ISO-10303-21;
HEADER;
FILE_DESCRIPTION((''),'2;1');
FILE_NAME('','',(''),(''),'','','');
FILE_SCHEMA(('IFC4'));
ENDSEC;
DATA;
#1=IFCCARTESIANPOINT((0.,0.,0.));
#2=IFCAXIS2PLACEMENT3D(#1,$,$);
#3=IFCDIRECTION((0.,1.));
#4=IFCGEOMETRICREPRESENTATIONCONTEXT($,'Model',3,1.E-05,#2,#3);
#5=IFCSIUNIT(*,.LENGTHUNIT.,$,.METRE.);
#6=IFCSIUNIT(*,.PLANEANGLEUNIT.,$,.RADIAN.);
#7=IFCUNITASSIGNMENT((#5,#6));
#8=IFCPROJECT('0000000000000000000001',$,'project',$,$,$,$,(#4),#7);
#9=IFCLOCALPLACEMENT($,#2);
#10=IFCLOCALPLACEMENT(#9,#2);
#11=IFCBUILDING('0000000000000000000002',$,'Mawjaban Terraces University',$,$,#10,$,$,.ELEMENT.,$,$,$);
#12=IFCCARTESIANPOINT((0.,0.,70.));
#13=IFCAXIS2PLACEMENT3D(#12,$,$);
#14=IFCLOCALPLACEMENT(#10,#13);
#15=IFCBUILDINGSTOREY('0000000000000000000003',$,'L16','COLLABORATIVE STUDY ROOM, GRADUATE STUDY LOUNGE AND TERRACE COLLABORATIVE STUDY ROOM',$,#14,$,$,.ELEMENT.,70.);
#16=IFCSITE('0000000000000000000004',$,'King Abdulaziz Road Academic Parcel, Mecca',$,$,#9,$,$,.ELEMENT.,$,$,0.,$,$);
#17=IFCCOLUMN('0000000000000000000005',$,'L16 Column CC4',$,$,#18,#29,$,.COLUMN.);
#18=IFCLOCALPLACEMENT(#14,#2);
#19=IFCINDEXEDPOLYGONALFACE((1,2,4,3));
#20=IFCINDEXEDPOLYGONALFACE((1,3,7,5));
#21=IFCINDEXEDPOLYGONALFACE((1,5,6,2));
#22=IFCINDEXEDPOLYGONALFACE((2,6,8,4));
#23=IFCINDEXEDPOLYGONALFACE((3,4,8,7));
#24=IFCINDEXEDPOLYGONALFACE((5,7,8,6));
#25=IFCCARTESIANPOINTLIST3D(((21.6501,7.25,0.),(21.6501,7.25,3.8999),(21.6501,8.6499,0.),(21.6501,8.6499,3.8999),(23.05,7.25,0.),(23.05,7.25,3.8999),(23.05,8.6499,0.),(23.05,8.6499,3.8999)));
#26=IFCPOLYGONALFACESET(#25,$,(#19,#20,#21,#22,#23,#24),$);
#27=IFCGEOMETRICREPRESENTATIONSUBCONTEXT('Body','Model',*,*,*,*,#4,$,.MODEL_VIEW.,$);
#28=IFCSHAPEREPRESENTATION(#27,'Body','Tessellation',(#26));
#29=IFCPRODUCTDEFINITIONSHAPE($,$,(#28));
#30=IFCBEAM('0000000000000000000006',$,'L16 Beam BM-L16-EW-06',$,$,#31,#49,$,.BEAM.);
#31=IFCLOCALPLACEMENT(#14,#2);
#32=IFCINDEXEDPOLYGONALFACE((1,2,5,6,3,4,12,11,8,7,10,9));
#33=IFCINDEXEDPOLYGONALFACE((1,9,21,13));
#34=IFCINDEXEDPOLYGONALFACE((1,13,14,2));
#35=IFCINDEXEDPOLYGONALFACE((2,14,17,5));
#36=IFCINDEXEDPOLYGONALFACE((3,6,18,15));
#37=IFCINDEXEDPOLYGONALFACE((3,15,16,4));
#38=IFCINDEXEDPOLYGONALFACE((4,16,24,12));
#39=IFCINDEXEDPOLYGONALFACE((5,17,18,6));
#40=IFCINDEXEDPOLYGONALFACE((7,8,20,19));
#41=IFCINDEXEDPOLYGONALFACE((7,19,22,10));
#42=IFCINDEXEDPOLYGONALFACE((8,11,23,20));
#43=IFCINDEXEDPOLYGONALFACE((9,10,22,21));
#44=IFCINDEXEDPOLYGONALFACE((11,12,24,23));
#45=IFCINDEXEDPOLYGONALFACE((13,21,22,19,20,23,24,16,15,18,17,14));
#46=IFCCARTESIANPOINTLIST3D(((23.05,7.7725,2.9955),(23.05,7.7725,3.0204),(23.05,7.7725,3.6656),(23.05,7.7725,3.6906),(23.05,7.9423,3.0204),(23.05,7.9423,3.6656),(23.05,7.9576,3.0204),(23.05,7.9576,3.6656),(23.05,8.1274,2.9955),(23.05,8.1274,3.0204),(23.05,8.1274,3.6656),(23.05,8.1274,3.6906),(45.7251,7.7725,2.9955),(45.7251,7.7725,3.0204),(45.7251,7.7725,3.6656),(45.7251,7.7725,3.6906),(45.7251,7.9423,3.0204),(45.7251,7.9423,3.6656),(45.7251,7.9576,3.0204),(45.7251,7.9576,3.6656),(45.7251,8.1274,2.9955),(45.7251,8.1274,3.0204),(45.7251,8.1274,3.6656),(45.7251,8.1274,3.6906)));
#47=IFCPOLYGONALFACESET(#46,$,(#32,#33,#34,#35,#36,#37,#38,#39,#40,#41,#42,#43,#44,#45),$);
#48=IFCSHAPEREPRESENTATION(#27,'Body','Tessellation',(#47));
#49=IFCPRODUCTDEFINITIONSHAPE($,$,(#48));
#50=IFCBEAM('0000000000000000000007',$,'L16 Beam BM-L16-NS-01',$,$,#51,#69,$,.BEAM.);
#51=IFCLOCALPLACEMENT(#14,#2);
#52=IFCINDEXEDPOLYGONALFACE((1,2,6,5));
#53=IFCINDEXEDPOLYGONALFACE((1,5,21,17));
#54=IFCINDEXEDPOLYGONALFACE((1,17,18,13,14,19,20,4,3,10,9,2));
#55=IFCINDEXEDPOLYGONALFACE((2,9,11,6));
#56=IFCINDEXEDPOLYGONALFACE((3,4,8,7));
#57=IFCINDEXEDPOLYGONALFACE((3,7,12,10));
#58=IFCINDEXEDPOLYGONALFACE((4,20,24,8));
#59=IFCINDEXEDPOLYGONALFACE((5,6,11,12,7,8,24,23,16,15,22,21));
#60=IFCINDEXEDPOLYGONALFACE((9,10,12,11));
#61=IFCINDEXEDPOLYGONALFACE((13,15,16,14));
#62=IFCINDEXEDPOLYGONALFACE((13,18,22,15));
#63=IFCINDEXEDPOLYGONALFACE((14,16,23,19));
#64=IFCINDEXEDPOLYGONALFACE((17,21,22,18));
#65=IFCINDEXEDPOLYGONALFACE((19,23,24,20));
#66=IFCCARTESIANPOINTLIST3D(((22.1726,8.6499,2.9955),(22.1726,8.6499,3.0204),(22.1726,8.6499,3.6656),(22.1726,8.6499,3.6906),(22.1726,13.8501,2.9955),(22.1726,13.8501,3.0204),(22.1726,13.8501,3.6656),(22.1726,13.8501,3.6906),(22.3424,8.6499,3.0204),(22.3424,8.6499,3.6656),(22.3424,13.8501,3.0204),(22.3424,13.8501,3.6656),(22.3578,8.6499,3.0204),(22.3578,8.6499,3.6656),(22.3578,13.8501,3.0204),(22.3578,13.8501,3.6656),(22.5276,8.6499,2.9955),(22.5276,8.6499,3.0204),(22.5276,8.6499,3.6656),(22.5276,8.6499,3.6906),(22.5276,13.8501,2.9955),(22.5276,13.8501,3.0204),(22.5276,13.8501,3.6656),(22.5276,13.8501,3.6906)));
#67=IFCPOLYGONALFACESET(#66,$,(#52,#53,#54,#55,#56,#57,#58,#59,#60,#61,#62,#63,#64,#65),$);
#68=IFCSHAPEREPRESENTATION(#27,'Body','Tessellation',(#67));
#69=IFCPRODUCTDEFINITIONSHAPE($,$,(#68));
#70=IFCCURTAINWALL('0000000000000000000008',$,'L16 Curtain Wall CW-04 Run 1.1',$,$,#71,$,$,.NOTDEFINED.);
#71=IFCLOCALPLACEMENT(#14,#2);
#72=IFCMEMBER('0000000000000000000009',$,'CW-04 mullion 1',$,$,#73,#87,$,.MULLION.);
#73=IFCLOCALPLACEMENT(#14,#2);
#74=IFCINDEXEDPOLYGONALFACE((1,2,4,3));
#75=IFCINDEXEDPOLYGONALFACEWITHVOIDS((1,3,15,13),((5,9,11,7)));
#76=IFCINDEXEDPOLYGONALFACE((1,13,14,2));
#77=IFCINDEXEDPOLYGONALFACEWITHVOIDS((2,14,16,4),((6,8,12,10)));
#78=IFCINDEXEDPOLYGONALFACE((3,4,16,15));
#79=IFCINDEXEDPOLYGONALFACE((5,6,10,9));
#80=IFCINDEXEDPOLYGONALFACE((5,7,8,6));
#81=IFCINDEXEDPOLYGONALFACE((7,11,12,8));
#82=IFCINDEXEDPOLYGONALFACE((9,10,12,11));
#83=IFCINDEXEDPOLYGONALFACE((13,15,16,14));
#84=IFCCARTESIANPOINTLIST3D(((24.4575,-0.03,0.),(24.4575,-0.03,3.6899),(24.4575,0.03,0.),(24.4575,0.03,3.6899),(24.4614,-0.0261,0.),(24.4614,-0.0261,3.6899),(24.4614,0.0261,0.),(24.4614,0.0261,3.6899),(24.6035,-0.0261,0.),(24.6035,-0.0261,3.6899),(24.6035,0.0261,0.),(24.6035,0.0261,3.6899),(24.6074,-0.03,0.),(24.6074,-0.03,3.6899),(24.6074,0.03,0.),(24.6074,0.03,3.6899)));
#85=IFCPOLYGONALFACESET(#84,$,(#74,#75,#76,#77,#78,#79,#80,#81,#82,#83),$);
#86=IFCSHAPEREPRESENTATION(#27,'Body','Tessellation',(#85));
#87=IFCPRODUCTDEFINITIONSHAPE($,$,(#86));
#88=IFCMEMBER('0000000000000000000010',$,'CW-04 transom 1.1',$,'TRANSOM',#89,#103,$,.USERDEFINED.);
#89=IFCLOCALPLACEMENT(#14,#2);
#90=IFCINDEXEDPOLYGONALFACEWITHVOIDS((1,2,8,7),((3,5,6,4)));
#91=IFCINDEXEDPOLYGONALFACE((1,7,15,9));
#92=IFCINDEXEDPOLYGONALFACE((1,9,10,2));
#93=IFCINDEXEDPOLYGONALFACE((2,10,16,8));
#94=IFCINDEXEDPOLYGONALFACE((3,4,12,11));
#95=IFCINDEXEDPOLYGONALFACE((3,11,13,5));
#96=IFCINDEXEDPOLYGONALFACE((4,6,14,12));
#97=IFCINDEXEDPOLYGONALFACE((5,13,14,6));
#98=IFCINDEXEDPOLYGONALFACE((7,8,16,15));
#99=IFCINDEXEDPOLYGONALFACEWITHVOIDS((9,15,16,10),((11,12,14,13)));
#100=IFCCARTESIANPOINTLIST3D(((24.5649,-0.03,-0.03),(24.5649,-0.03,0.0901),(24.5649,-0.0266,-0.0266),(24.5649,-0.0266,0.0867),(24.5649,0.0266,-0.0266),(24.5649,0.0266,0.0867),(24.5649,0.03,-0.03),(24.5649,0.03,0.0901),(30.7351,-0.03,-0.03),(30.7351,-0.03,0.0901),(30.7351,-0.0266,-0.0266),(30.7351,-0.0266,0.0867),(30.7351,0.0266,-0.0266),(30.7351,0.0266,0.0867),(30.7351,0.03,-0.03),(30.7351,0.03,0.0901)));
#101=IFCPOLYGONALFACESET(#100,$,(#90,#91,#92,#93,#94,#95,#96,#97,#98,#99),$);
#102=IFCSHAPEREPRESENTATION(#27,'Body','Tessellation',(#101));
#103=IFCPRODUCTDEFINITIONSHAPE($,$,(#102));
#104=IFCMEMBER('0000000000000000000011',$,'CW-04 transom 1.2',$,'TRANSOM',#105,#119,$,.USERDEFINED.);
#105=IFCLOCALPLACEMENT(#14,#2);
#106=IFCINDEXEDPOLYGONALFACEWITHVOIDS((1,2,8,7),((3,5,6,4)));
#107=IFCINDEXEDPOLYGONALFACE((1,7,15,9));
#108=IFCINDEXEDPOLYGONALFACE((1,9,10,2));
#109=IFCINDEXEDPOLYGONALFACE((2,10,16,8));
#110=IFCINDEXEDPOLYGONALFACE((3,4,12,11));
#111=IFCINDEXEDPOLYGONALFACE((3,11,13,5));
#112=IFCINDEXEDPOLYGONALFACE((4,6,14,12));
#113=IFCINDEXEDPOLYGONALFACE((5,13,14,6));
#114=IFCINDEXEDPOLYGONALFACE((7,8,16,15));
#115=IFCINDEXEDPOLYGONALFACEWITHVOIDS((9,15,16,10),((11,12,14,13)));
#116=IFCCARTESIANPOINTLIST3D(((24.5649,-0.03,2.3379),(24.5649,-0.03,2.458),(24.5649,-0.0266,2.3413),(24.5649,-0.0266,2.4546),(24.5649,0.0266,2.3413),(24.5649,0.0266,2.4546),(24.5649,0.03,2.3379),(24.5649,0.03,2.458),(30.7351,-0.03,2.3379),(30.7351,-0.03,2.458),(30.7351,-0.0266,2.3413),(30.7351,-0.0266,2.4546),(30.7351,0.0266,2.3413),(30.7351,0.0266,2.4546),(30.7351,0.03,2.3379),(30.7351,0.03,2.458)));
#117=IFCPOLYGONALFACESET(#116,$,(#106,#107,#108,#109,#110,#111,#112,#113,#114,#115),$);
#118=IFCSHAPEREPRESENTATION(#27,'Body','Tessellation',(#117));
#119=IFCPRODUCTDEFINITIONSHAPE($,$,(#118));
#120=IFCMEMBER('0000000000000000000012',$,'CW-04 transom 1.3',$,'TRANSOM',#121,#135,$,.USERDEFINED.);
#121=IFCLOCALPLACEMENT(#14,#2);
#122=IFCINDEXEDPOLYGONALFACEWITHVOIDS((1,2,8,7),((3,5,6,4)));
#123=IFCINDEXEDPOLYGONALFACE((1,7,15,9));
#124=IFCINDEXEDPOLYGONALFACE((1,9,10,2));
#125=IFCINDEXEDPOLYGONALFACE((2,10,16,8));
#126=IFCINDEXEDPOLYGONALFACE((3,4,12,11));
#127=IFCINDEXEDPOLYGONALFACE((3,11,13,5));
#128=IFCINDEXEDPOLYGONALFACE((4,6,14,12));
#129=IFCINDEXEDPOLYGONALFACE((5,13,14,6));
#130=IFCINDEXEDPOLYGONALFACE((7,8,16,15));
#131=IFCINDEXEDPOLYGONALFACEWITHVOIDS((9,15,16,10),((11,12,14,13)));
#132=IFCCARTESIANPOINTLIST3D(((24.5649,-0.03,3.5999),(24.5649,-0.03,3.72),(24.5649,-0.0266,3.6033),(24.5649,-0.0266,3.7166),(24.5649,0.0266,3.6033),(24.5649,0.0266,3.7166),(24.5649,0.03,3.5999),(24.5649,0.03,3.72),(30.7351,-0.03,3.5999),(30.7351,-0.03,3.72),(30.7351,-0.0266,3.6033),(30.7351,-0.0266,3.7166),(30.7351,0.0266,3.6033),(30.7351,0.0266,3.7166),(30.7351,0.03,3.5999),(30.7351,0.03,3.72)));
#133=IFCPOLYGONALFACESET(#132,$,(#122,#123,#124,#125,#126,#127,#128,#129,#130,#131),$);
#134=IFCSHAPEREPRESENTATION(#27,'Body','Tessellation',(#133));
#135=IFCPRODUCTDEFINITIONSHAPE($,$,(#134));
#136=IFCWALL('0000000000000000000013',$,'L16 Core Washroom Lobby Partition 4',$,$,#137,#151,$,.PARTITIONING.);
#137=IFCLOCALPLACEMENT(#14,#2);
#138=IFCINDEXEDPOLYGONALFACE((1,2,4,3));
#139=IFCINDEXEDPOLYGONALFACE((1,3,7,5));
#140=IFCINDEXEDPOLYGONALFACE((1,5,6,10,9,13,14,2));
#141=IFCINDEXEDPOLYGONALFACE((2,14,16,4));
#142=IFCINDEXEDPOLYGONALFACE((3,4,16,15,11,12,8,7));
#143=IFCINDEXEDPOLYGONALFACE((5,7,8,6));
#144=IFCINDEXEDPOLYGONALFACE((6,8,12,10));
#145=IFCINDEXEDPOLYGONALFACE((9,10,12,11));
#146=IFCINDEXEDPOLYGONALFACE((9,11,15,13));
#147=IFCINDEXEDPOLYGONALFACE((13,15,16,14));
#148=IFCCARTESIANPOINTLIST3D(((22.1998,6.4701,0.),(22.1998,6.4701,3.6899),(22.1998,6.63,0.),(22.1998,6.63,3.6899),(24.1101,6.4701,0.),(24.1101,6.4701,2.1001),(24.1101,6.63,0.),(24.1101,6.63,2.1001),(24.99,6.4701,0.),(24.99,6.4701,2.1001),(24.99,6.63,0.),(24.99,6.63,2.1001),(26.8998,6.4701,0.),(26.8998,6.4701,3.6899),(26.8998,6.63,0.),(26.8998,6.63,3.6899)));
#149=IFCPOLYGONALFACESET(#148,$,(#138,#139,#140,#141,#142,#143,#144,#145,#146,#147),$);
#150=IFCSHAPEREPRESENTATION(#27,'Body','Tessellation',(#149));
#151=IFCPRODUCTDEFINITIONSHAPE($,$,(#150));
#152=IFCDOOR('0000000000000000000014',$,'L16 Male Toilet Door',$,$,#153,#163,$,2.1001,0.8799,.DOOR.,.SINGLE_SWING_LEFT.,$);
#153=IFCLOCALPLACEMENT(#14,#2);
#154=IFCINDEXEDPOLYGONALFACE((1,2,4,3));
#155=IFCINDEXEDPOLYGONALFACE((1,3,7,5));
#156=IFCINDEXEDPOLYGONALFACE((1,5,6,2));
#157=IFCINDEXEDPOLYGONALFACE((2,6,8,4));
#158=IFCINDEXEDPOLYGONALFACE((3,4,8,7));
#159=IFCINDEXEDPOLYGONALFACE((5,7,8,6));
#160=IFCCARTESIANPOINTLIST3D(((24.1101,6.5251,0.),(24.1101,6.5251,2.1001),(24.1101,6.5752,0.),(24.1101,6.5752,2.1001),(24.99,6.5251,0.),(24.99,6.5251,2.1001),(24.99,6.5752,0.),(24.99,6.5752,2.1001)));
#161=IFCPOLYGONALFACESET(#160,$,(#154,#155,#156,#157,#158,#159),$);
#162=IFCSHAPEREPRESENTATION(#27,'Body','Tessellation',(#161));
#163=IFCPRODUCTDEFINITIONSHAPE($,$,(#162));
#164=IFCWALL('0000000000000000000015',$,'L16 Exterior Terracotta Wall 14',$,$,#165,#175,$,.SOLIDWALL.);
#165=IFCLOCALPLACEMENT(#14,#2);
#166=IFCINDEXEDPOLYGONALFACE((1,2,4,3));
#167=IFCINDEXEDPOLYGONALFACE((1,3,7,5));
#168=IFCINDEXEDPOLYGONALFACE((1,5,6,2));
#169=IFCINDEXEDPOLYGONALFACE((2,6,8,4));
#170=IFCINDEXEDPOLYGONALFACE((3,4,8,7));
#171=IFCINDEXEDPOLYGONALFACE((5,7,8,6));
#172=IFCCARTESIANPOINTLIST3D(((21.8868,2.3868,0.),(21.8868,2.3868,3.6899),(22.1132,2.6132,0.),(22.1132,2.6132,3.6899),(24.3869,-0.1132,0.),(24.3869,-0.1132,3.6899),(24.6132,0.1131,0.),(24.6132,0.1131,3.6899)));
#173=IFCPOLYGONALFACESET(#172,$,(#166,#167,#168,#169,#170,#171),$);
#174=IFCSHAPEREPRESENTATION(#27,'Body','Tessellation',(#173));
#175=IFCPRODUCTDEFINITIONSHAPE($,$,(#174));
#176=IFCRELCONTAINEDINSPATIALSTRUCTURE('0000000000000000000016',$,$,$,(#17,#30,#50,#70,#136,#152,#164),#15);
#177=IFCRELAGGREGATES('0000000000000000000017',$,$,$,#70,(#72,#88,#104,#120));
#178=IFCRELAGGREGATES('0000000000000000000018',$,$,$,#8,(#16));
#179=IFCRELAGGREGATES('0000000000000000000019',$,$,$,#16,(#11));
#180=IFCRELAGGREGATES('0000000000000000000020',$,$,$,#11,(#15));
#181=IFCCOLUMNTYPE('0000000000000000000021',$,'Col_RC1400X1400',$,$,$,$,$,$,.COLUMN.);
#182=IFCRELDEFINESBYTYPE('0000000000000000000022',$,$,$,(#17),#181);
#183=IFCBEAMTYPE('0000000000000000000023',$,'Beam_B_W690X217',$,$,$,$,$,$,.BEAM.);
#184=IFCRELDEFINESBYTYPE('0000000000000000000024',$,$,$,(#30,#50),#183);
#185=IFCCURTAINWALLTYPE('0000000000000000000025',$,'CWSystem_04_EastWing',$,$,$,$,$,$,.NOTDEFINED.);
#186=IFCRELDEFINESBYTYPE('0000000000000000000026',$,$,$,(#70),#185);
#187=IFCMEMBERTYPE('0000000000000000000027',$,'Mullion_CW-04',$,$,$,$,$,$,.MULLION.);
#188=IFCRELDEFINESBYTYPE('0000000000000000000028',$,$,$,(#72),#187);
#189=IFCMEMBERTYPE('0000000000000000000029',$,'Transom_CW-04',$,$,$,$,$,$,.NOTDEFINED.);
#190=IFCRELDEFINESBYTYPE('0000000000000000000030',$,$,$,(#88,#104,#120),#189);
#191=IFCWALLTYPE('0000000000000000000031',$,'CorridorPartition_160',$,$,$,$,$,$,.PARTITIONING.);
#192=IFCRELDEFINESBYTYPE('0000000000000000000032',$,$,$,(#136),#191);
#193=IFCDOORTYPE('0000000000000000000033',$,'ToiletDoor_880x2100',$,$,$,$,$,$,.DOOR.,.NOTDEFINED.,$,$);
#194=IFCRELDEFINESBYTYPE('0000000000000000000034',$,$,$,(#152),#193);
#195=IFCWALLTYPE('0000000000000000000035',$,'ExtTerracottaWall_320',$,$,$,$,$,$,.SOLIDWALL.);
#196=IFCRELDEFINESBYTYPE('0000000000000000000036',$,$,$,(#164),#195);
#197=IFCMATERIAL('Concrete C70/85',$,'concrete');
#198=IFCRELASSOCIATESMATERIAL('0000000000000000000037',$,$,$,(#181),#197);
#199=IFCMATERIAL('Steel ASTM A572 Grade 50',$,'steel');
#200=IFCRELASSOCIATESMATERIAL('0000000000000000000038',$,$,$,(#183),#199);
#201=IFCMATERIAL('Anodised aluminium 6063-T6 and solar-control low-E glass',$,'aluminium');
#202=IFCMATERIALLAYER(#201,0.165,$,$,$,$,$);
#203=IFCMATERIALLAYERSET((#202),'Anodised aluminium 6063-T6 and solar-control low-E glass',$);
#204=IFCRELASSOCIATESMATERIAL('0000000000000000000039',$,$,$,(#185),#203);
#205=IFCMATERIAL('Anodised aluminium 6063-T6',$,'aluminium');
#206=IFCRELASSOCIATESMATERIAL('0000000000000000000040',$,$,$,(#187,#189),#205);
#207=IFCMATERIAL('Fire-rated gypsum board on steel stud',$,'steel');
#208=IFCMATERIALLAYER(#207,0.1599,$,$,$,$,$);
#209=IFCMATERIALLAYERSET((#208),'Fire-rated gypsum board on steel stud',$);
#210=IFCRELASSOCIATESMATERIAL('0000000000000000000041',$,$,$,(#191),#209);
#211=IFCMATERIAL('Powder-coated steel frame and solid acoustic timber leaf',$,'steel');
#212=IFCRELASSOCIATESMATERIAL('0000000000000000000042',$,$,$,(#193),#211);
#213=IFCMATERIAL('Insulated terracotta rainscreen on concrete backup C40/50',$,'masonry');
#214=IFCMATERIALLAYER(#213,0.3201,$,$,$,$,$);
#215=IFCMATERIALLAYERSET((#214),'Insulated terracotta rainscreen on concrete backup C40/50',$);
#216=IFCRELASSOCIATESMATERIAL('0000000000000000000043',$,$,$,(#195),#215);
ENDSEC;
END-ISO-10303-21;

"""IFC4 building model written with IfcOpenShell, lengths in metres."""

from ifc_helpers import new_model, si_unit, direction, frame, frame_2d, origin, origin_2d, place, context, subcontext, project, spatial, rectangle, hollow_rectangle, i_section, extrude, material, layer, layer_set, material_profile, profile_set, type_object, element, fill, aggregate, save


model = new_model("IFC4")

# Units and contexts
model_context = context("Model", 3, precision=1e-05, world=origin(), true_north=direction((0.0, 1.0)))
body_context = subcontext(model_context, "Body", "Model", "MODEL_VIEW")
ifc_project = project(units=[si_unit("LENGTHUNIT", "METRE"), si_unit("PLANEANGLEUNIT", "RADIAN")], contexts=[model_context])

# Site, building, storey
site_placement = place(None, origin())
site = spatial("IfcSite", under=ifc_project, at=site_placement, Name="King Abdulaziz Road Academic Parcel, Mecca", CompositionType="ELEMENT", RefElevation=0.0)
building_placement = place(site_placement, origin())
building = spatial("IfcBuilding", under=site, at=building_placement, Name="Mawjaban Terraces University", CompositionType="ELEMENT")
storey_placement = place(building_placement, frame((0.0, 0.0, 70.0)))
storey = spatial("IfcBuildingStorey", under=building, at=storey_placement, Name="L16", Description="COLLABORATIVE STUDY ROOM, GRADUATE STUDY LOUNGE AND TERRACE COLLABORATIVE STUDY ROOM", CompositionType="ELEMENT", Elevation=70.0)

# Column
ifc_material_1 = material(Name="Concrete C70/85", Category="concrete")
ifc_material_profile_1 = material_profile(ifc_material_1, rectangle(XDim=1.3999, YDim=1.3999, at=origin_2d()), Name="RC1400X1400")
ifc_profile_set_1 = profile_set([ifc_material_profile_1], Name="Concrete C70/85")
column_type = type_object("IfcColumnType", Name="Col_RC1400X1400", PredefinedType="COLUMN", material=ifc_profile_set_1)
column_placement = place(storey_placement, frame((22.3501, 7.95, 0.0), z_axis=(0.0, 0.0, 1.0), x_axis=(1.0, 0.0, 0.0)))
element("IfcColumn", 1, at=column_placement, inside=storey, type_object=column_type, Name="L16 Column CC4", PredefinedType="COLUMN", context=body_context, shape_type="SweptSolid", body=[
    extrude(rectangle(XDim=1.3999, YDim=1.3999, at=origin_2d()), origin(), (0.0, 0.0, 1.0), 3.8999),
])

# Beams
ifc_material_2 = material(Name="Steel ASTM A572 Grade 50", Category="steel")
ifc_material_profile_2 = material_profile(ifc_material_2, i_section(OverallWidth=0.355, OverallDepth=0.6951, WebThickness=0.0154, FlangeThickness=0.0249, at=origin_2d()), Name="W690X217")
ifc_profile_set_2 = profile_set([ifc_material_profile_2], Name="Steel ASTM A572 Grade 50")
beam_type = type_object("IfcBeamType", Name="Beam_B_W690X217", PredefinedType="BEAM", material=ifc_profile_set_2)
beam_1_placement = place(storey_placement, frame((23.05, 7.95, 3.343), z_axis=(1.0, 0.0, 0.0), x_axis=(0.0, 1.0, 0.0)))
element("IfcBeam", 2, at=beam_1_placement, inside=storey, type_object=beam_type, Name="L16 Beam BM-L16-EW-06", PredefinedType="BEAM", context=body_context, shape_type="SweptSolid", body=[
    extrude(i_section(OverallWidth=0.355, OverallDepth=0.6951, WebThickness=0.0154, FlangeThickness=0.0249, at=origin_2d()), origin(), (0.0, 0.0, 1.0), 22.675),
])
beam_2_placement = place(storey_placement, frame((22.3501, 8.6499, 3.343), z_axis=(0.0, 1.0, 0.0), x_axis=(-1.0, 0.0, 0.0)))
element("IfcBeam", 3, at=beam_2_placement, inside=storey, type_object=beam_type, Name="L16 Beam BM-L16-NS-01", PredefinedType="BEAM", context=body_context, shape_type="SweptSolid", body=[
    extrude(i_section(OverallWidth=0.355, OverallDepth=0.6951, WebThickness=0.0154, FlangeThickness=0.0249, at=origin_2d()), origin(), (0.0, 0.0, 1.0), 5.2002),
])

# Curtain wall, members
ifc_material_3 = material(Name="Anodised aluminium 6063-T6 and solar-control low-E glass", Category="aluminium")
ifc_layer_1 = layer(ifc_material_3, 0.165)
ifc_layer_set_1 = layer_set([ifc_layer_1], Name="Anodised aluminium 6063-T6 and solar-control low-E glass")
curtain_wall_type = type_object("IfcCurtainWallType", Name="CWSystem_04_EastWing", PredefinedType="NOTDEFINED", material=ifc_layer_set_1)
curtain_wall_placement = place(storey_placement, origin())
curtain_wall = element("IfcCurtainWall", 4, at=curtain_wall_placement, inside=storey, type_object=curtain_wall_type, Name="L16 Curtain Wall CW-04 Run 1.1", PredefinedType="NOTDEFINED")
ifc_material_4 = material(Name="Anodised aluminium 6063-T6", Category="aluminium")
ifc_material_profile_3 = material_profile(ifc_material_4, hollow_rectangle(XDim=0.0601, YDim=0.1499, WallThickness=0.0039, at=origin_2d()), Name="ALU150X60X4")
ifc_profile_set_3 = profile_set([ifc_material_profile_3], Name="Anodised aluminium 6063-T6")
member_type_1 = type_object("IfcMemberType", Name="Mullion_CW-04", PredefinedType="MULLION", material=ifc_profile_set_3)
member_1_placement = place(storey_placement, frame((24.5325, 0.0, 0.0), z_axis=(0.0, 0.0, 1.0), x_axis=(0.0, 1.0, 0.0)))
member_1 = element("IfcMember", 5, at=member_1_placement, type_object=member_type_1, Name="CW-04 mullion 1", PredefinedType="MULLION", context=body_context, shape_type="SweptSolid", body=[
    extrude(hollow_rectangle(XDim=0.0601, YDim=0.1499, WallThickness=0.0039, at=origin_2d()), origin(), (0.0, 0.0, 1.0), 3.6899),
])
ifc_material_profile_4 = material_profile(ifc_material_4, hollow_rectangle(XDim=0.0601, YDim=0.1201, WallThickness=0.0034, at=origin_2d()), Name="ALU120X60X3.5")
ifc_profile_set_4 = profile_set([ifc_material_profile_4], Name="Anodised aluminium 6063-T6")
member_type_2 = type_object("IfcMemberType", Name="Transom_CW-04", PredefinedType="NOTDEFINED", material=ifc_profile_set_4)
member_2_placement = place(storey_placement, frame((24.5649, 0.0, 0.03), z_axis=(1.0, 0.0, 0.0), x_axis=(0.0, 1.0, 0.0)))
member_2 = element("IfcMember", 6, at=member_2_placement, type_object=member_type_2, Name="CW-04 transom 1.1", ObjectType="TRANSOM", PredefinedType="USERDEFINED", context=body_context, shape_type="SweptSolid", body=[
    extrude(hollow_rectangle(XDim=0.0601, YDim=0.1201, WallThickness=0.0034, at=origin_2d()), origin(), (0.0, 0.0, 1.0), 6.1702),
])
member_3_placement = place(storey_placement, frame((24.5649, 0.0, 2.3979), z_axis=(1.0, 0.0, 0.0), x_axis=(0.0, 1.0, 0.0)))
member_3 = element("IfcMember", 7, at=member_3_placement, type_object=member_type_2, Name="CW-04 transom 1.2", ObjectType="TRANSOM", PredefinedType="USERDEFINED", context=body_context, shape_type="SweptSolid", body=[
    extrude(hollow_rectangle(XDim=0.0601, YDim=0.1201, WallThickness=0.0034, at=origin_2d()), origin(), (0.0, 0.0, 1.0), 6.1702),
])
member_4_placement = place(storey_placement, frame((24.5649, 0.0, 3.6599), z_axis=(1.0, 0.0, 0.0), x_axis=(0.0, 1.0, 0.0)))
member_4 = element("IfcMember", 8, at=member_4_placement, type_object=member_type_2, Name="CW-04 transom 1.3", ObjectType="TRANSOM", PredefinedType="USERDEFINED", context=body_context, shape_type="SweptSolid", body=[
    extrude(hollow_rectangle(XDim=0.0601, YDim=0.1201, WallThickness=0.0034, at=origin_2d()), origin(), (0.0, 0.0, 1.0), 6.1702),
])
aggregate(curtain_wall, [member_1, member_2, member_3, member_4])

# Wall, opening, door
ifc_material_5 = material(Name="Fire-rated gypsum board on steel stud", Category="steel")
ifc_layer_2 = layer(ifc_material_5, 0.1599)
ifc_layer_set_2 = layer_set([ifc_layer_2], Name="Fire-rated gypsum board on steel stud")
wall_type_1 = type_object("IfcWallType", Name="CorridorPartition_160", PredefinedType="PARTITIONING", material=ifc_layer_set_2)
wall_1_placement = place(storey_placement, frame((26.8999, 6.55, 0.0), z_axis=(0.0, 0.0, 1.0), x_axis=(-1.0, 0.0, 0.0)))
wall_1 = element("IfcWall", 9, at=wall_1_placement, inside=storey, type_object=wall_type_1, Name="L16 Core Washroom Lobby Partition 4", PredefinedType="PARTITIONING", context=body_context, shape_type="SweptSolid", body=[
    extrude(rectangle(XDim=4.7, YDim=0.1599, at=frame_2d((2.3501, 0.0))), origin(), (0.0, 0.0, 1.0), 3.6899),
])
opening_placement = place(wall_1_placement, frame((1.9099, 0.0, 0.0)))
opening = element("IfcOpeningElement", 10, at=opening_placement, cuts=wall_1, PredefinedType="OPENING", context=body_context, shape_type="SweptSolid", body=[
    extrude(rectangle(XDim=0.8799, YDim=2.1001, at=frame_2d((0.4399, 1.05))), frame((0.0, 0.0898, 0.0), z_axis=(0.0, -1.0, 0.0), x_axis=(1.0, 0.0, 0.0)), (0.0, 0.0, 1.0), 0.1799),
])
ifc_material_6 = material(Name="Powder-coated steel frame and solid acoustic timber leaf", Category="steel")
door_type = type_object("IfcDoorType", Name="ToiletDoor_880x2100", OperationType="NOTDEFINED", PredefinedType="DOOR", material=ifc_material_6)
door_placement = place(opening_placement, origin())
door = element("IfcDoor", 11, at=door_placement, inside=storey, type_object=door_type, Name="L16 Male Toilet Door", OperationType="SINGLE_SWING_LEFT", OverallHeight=2.1001, OverallWidth=0.8799, PredefinedType="DOOR", context=body_context, shape_type="SweptSolid", body=[
    extrude(rectangle(XDim=0.8799, YDim=2.1001, at=frame_2d((0.4399, 1.05))), frame((0.0, 0.0249, 0.0), z_axis=(0.0, -1.0, 0.0), x_axis=(1.0, 0.0, 0.0)), (0.0, 0.0, 1.0), 0.05),
])
fill(opening, door)

# Wall
ifc_material_7 = material(Name="Insulated terracotta rainscreen on concrete backup C40/50", Category="masonry")
ifc_layer_3 = layer(ifc_material_7, 0.3201)
ifc_layer_set_3 = layer_set([ifc_layer_3], Name="Insulated terracotta rainscreen on concrete backup C40/50")
wall_type_2 = type_object("IfcWallType", Name="ExtTerracottaWall_320", PredefinedType="SOLIDWALL", material=ifc_layer_set_3)
wall_2_placement = place(storey_placement, frame((22.0, 2.5, 0.0), z_axis=(0.0, 0.0, 1.0), x_axis=(0.707107, -0.707107, 0.0)))
element("IfcWall", 12, at=wall_2_placement, inside=storey, type_object=wall_type_2, Name="L16 Exterior Terracotta Wall 14", PredefinedType="SOLIDWALL", context=body_context, shape_type="SweptSolid", body=[
    extrude(rectangle(XDim=3.5356, YDim=0.3201, at=frame_2d((1.7678, 0.0))), origin(), (0.0, 0.0, 1.0), 3.6899),
])

save(model, "model.ifc")
